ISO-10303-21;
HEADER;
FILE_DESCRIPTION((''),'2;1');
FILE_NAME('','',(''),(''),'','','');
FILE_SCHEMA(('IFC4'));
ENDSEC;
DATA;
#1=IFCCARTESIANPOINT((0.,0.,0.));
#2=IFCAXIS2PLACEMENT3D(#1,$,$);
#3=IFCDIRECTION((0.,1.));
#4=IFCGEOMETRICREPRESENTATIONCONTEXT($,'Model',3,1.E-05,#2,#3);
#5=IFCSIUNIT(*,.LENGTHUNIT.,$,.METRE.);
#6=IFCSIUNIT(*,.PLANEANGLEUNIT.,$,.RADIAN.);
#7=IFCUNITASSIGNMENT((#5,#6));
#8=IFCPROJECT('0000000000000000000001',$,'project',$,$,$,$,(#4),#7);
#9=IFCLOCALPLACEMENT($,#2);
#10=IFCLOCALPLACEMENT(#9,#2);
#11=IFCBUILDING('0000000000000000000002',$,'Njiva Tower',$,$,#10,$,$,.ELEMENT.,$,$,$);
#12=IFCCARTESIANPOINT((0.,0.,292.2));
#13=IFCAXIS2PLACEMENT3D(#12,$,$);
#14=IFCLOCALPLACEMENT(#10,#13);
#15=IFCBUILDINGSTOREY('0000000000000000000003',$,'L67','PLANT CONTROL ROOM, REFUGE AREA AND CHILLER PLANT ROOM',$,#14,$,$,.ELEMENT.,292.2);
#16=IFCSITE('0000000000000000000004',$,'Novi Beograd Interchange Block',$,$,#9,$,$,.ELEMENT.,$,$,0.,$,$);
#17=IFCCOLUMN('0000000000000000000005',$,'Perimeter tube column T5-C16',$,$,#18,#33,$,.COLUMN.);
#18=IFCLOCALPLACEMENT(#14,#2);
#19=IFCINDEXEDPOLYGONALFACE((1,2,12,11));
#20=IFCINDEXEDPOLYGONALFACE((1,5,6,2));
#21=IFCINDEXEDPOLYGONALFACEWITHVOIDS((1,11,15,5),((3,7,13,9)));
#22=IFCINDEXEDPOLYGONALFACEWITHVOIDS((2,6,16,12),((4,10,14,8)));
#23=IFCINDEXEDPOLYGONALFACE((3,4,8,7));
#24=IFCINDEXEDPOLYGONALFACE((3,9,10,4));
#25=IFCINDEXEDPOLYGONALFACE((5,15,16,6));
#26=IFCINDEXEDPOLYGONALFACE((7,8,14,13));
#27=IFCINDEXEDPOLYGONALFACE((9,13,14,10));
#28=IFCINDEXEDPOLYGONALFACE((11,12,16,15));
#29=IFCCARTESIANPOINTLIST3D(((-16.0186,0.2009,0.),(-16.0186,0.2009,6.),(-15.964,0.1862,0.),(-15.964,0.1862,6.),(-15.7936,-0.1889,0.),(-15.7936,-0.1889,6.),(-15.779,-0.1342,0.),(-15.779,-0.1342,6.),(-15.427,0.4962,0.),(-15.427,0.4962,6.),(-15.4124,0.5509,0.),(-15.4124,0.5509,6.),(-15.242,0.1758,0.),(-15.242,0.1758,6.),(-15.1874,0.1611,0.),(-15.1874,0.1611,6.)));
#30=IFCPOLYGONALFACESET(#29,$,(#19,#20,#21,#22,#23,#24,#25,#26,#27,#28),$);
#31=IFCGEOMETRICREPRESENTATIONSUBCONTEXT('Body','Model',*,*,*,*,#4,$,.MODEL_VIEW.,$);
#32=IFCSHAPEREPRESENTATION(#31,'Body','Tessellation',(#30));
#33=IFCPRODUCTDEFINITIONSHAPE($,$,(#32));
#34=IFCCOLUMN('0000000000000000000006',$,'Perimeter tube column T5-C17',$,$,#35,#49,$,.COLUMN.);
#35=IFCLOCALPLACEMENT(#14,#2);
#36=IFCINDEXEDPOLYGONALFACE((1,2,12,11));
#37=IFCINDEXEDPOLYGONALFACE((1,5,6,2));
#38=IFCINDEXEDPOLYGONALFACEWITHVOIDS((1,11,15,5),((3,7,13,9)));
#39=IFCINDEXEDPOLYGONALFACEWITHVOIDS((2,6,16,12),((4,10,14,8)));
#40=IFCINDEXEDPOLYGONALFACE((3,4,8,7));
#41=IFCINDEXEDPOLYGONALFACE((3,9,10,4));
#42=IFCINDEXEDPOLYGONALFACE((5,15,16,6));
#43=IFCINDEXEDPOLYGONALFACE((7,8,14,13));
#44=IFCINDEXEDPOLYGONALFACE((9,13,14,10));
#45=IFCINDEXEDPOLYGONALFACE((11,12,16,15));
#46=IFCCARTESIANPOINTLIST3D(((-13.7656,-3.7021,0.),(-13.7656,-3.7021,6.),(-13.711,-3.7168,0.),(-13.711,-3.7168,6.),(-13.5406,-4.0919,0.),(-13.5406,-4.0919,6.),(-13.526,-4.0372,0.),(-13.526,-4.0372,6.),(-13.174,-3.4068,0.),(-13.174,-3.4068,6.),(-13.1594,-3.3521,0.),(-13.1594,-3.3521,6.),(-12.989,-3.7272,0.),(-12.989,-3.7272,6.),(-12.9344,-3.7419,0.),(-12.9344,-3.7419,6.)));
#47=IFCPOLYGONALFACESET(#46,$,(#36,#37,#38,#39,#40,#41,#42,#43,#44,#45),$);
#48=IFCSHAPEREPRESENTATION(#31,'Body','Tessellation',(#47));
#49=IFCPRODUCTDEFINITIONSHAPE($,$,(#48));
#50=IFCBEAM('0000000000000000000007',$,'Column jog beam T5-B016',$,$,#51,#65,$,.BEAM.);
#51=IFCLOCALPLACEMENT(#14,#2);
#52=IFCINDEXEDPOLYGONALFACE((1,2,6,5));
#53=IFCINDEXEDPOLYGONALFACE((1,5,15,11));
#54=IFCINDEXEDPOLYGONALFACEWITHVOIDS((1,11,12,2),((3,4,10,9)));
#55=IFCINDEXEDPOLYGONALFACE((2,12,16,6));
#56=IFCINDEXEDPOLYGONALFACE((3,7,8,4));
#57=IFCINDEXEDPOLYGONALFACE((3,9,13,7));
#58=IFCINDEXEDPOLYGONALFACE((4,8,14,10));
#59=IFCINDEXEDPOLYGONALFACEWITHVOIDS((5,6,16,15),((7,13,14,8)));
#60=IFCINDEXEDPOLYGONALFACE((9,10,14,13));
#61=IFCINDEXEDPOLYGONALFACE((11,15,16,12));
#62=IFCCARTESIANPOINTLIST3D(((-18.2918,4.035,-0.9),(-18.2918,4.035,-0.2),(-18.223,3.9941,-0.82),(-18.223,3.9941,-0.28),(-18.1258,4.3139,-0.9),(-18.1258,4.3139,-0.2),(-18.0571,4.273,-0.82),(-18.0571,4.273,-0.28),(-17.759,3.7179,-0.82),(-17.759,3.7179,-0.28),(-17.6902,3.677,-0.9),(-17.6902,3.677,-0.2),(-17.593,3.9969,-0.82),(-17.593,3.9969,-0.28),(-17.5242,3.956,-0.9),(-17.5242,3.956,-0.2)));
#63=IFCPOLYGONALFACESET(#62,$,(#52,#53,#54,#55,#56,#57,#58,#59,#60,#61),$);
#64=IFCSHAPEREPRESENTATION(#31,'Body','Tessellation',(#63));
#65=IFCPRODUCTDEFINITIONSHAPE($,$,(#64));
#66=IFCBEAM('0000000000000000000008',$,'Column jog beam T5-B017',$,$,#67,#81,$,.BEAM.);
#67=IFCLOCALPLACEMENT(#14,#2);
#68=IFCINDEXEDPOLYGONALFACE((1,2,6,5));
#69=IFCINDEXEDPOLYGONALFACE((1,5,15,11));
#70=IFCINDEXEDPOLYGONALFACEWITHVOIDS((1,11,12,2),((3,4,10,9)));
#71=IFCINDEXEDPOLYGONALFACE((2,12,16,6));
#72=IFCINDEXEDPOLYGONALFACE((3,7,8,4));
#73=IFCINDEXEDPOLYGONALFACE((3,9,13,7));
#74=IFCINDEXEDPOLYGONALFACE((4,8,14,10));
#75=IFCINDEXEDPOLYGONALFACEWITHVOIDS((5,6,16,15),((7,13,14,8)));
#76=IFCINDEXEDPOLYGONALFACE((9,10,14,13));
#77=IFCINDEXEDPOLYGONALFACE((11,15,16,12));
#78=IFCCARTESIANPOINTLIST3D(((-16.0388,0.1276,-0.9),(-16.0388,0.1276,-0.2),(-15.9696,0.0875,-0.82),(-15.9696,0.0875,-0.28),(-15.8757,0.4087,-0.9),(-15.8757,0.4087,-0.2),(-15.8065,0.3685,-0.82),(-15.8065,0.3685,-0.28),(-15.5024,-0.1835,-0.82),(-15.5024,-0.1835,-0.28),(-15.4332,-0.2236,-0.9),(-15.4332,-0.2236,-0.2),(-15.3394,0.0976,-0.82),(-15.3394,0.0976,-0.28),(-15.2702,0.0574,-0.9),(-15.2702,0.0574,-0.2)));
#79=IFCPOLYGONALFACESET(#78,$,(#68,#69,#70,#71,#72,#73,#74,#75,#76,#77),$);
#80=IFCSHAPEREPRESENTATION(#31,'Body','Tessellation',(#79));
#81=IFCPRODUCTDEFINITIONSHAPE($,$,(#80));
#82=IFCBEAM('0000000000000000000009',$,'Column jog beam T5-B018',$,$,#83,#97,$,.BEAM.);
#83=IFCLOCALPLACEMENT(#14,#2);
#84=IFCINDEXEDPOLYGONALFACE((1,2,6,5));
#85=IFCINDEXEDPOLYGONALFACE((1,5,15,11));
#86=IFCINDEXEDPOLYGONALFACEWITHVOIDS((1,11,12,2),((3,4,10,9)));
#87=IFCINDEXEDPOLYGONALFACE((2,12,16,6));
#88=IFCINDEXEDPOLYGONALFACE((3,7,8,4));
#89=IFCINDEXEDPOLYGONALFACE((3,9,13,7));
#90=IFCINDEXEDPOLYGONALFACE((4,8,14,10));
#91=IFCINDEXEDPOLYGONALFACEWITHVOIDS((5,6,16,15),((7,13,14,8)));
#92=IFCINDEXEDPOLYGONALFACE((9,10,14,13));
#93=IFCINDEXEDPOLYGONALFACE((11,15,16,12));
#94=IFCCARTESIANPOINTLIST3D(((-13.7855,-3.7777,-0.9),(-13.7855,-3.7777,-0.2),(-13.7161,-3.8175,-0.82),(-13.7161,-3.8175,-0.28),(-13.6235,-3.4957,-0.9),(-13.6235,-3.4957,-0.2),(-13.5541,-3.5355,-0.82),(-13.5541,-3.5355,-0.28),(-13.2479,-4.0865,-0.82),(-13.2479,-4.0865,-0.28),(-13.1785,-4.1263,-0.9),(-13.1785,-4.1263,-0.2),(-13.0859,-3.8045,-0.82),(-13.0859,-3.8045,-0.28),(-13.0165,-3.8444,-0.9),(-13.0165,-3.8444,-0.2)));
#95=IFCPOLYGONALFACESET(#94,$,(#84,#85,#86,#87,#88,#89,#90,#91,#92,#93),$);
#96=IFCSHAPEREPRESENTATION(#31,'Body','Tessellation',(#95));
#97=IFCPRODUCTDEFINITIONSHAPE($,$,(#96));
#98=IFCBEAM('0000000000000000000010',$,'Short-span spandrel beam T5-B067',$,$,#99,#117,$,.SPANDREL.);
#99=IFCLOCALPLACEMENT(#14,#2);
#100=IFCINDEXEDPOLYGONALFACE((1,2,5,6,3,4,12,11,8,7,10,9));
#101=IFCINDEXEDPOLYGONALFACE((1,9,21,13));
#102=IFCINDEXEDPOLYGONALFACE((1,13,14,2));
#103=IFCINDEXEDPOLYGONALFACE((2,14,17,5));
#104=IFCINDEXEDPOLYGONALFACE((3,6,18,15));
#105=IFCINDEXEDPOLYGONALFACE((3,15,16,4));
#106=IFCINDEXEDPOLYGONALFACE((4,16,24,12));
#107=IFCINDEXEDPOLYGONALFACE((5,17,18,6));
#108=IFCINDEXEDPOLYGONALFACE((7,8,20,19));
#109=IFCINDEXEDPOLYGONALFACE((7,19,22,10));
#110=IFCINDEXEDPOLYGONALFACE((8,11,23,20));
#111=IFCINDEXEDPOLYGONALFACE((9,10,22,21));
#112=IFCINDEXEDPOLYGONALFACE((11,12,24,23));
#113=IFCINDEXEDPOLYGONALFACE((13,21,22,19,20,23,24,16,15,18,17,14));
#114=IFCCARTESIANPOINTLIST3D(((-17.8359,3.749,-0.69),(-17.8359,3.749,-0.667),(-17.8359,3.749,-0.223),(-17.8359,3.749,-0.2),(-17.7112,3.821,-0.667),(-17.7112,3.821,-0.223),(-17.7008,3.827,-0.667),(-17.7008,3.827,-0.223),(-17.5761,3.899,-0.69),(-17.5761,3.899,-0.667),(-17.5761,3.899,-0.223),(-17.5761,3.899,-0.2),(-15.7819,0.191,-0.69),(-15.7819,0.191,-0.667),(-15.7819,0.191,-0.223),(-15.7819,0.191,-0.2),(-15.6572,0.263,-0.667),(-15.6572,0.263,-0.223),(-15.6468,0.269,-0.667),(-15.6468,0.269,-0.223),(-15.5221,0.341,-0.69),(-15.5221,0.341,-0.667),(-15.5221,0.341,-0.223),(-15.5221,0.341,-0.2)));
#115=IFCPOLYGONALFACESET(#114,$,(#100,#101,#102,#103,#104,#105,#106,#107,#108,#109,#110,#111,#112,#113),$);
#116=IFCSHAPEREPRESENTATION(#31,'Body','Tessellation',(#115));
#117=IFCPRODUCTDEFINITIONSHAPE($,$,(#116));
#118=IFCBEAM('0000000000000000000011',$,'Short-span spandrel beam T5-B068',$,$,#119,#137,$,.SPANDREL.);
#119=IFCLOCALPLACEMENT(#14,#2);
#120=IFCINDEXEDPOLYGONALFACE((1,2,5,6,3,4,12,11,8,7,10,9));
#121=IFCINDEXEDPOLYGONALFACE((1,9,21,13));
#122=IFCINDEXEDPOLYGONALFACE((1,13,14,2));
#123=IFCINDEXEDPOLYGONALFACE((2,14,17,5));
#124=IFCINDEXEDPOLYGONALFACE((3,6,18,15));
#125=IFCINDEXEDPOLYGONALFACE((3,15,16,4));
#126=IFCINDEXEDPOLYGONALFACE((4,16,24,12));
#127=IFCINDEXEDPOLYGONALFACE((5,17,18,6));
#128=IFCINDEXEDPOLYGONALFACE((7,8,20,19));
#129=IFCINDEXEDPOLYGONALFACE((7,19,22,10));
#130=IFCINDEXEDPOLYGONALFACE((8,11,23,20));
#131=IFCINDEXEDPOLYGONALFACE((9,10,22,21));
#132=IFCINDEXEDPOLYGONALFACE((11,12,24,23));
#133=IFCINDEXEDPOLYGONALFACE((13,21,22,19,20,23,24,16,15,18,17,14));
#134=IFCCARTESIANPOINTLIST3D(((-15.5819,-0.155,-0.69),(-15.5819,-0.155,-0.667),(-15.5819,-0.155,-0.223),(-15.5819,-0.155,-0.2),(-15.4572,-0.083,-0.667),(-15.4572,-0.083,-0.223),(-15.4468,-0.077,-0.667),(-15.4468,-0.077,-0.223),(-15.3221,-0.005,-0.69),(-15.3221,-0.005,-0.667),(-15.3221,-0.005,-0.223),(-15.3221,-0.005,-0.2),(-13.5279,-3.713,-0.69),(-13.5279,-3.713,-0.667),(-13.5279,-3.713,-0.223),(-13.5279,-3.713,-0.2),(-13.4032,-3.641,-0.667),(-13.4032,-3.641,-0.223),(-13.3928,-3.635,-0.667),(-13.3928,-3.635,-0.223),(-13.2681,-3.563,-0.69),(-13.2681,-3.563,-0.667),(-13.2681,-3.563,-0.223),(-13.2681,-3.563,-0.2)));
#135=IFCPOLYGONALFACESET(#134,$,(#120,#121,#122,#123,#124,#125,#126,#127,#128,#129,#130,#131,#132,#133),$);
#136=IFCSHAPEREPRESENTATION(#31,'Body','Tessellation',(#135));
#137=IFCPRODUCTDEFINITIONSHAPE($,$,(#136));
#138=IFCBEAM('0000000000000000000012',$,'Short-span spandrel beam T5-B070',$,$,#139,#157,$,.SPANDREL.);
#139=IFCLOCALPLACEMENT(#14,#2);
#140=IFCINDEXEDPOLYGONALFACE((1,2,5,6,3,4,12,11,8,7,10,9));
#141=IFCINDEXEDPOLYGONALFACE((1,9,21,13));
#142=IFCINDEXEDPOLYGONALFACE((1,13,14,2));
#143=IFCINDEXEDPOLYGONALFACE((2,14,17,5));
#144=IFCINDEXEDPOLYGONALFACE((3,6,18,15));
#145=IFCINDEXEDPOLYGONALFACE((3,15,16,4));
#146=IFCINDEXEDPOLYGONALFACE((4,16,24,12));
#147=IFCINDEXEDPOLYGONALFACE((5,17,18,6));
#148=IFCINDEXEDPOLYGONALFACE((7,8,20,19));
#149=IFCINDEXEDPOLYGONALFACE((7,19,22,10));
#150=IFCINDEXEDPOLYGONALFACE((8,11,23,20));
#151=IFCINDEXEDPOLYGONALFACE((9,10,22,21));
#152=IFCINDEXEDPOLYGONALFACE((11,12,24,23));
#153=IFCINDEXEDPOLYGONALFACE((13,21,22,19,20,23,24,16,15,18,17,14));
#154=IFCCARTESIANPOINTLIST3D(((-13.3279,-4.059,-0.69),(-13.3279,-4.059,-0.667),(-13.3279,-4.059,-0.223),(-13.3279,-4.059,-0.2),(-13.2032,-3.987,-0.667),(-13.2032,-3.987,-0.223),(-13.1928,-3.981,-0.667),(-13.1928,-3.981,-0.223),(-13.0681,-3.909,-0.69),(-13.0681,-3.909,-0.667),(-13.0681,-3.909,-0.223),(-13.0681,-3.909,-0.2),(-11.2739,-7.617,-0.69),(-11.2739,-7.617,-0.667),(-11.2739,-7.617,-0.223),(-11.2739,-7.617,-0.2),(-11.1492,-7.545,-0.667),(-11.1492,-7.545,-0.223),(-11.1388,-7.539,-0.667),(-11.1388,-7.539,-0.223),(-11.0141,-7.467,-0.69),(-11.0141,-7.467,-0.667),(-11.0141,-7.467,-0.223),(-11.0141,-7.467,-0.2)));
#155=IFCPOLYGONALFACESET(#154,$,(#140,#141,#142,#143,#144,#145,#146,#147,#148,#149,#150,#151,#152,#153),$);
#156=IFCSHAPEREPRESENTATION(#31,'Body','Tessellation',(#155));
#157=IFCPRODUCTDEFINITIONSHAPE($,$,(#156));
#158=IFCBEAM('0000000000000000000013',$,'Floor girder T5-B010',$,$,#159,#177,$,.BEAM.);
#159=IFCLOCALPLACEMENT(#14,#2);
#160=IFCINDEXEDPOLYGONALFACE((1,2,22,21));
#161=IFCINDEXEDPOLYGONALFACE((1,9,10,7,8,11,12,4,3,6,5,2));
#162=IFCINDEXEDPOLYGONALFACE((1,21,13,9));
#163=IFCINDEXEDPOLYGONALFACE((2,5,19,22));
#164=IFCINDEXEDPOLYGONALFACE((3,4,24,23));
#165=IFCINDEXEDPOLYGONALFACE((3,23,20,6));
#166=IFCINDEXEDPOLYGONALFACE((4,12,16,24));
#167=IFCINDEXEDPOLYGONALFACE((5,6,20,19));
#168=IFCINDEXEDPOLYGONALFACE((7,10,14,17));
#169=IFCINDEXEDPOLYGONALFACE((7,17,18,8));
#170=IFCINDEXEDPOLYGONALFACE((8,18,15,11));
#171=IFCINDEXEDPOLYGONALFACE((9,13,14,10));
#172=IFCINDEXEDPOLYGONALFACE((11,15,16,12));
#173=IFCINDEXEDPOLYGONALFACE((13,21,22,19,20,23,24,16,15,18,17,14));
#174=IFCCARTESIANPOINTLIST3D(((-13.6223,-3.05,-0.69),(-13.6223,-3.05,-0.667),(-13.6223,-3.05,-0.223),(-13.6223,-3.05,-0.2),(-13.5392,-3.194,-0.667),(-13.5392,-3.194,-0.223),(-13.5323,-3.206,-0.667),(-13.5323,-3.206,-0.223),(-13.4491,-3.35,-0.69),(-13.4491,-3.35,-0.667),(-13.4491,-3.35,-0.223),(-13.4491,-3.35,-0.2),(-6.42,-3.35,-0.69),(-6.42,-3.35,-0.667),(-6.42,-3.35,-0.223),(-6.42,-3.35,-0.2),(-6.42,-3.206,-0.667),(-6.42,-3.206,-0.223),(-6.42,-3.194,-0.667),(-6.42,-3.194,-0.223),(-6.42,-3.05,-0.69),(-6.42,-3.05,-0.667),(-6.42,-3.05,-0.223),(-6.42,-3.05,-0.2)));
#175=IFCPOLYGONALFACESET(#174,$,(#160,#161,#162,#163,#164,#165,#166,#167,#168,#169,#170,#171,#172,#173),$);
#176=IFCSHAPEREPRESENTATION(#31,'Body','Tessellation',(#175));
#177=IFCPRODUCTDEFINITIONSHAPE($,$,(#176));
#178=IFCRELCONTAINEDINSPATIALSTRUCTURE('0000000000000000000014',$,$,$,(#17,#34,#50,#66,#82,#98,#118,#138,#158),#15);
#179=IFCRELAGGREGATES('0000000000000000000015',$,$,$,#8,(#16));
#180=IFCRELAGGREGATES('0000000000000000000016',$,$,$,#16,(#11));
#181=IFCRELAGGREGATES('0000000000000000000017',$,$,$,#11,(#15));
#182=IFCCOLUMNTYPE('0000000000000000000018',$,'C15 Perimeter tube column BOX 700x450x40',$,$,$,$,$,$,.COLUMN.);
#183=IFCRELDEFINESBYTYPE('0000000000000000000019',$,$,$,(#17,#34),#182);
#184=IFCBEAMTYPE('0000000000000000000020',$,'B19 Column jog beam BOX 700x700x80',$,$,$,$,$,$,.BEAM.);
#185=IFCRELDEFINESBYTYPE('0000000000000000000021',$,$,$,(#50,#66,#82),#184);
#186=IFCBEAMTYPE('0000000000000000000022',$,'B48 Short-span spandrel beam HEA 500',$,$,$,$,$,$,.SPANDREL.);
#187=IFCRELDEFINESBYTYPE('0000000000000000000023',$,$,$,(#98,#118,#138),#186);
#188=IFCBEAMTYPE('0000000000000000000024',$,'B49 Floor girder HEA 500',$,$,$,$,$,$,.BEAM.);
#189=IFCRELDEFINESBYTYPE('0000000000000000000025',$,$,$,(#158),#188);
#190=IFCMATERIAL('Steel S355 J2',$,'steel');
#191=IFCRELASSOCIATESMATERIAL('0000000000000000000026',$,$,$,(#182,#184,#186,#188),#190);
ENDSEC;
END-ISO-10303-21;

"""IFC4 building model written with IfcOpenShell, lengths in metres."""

from ifc_helpers import new_model, si_unit, direction, frame, origin, origin_2d, place, context, subcontext, project, spatial, hollow_rectangle, i_section, extrude, clip, halfspace, material, material_profile, profile_set, type_object, element, save


model = new_model("IFC4")

# Units and contexts
model_context = context("Model", 3, precision=1e-05, world=origin(), true_north=direction((0.0, 1.0)))
body_context = subcontext(model_context, "Body", "Model", "MODEL_VIEW")
ifc_project = project(units=[si_unit("LENGTHUNIT", "METRE"), si_unit("PLANEANGLEUNIT", "RADIAN")], contexts=[model_context])

# Site, building, storey
site_placement = place(None, origin())
site = spatial("IfcSite", under=ifc_project, at=site_placement, Name="Novi Beograd Interchange Block", CompositionType="ELEMENT", RefElevation=0.0)
building_placement = place(site_placement, origin())
building = spatial("IfcBuilding", under=site, at=building_placement, Name="Njiva Tower", CompositionType="ELEMENT")
storey_placement = place(building_placement, frame((0.0, 0.0, 292.2)))
storey = spatial("IfcBuildingStorey", under=building, at=storey_placement, Name="L67", Description="PLANT CONTROL ROOM, REFUGE AREA AND CHILLER PLANT ROOM", CompositionType="ELEMENT", Elevation=292.2)

# Columns
ifc_material_1 = material(Name="Steel S355 J2", Category="steel")
ifc_material_profile_1 = material_profile(ifc_material_1, hollow_rectangle(XDim=0.45, YDim=0.7, WallThickness=0.04, at=origin_2d()), Name="BOX 700x450x40")
ifc_profile_set_1 = profile_set([ifc_material_profile_1], Name="Steel S355 J2")
column_type = type_object("IfcColumnType", Name="C15 Perimeter tube column BOX 700x450x40", PredefinedType="COLUMN", material=ifc_profile_set_1)
for number, where, z_axis, x_axis, name in (
    (1, (-15.603, 0.181, 0.0), (0.0, 0.0, 1.0), (0.5, -0.866025, 0.0), "Perimeter tube column T5-C16"),
    (2, (-13.35, -3.722, 0.0), (0.0, 0.0, 1.0), (0.5, -0.866025, 0.0), "Perimeter tube column T5-C17"),
):
    element("IfcColumn", number, at=place(storey_placement, frame(where, z_axis=z_axis, x_axis=x_axis)), inside=storey, type_object=column_type, Name=name, PredefinedType="COLUMN", context=body_context, shape_type="SweptSolid", body=[
        extrude(hollow_rectangle(XDim=0.45, YDim=0.7, WallThickness=0.04, at=origin_2d()), origin(), (0.0, 0.0, 1.0), 6.0),
    ])

# Beams
ifc_material_profile_2 = material_profile(ifc_material_1, hollow_rectangle(XDim=0.7, YDim=0.7, WallThickness=0.08, at=origin_2d()), Name="BOX 700x700x80")
ifc_profile_set_2 = profile_set([ifc_material_profile_2], Name="Steel S355 J2")
beam_type_1 = type_object("IfcBeamType", Name="B19 Column jog beam BOX 700x700x80", PredefinedType="BEAM", material=ifc_profile_set_2)
beam_1_placement = place(storey_placement, frame((-17.991, 3.856, -0.55), z_axis=(0.511321, 0.85939, 0.0), x_axis=(-0.85939, 0.511321, 0.0)))
element("IfcBeam", 3, at=beam_1_placement, inside=storey, type_object=beam_type_1, Name="Column jog beam T5-B016", PredefinedType="BEAM", context=body_context, shape_type="SweptSolid", body=[
    extrude(hollow_rectangle(XDim=0.7, YDim=0.7, WallThickness=0.08, at=origin_2d()), origin(), (0.0, 0.0, 1.0), 0.3246),
])
beam_2_placement = place(storey_placement, frame((-15.736, -0.048, -0.55), z_axis=(0.501764, 0.865004, 0.0), x_axis=(-0.865004, 0.501764, 0.0)))
element("IfcBeam", 4, at=beam_2_placement, inside=storey, type_object=beam_type_1, Name="Column jog beam T5-B017", PredefinedType="BEAM", context=body_context, shape_type="SweptSolid", body=[
    extrude(hollow_rectangle(XDim=0.7, YDim=0.7, WallThickness=0.08, at=origin_2d()), origin(), (0.0, 0.0, 1.0), 0.3249),
])
beam_3_placement = place(storey_placement, frame((-13.482, -3.952, -0.55), z_axis=(0.498124, 0.867106, 0.0), x_axis=(-0.867106, 0.498124, 0.0)))
element("IfcBeam", 5, at=beam_3_placement, inside=storey, type_object=beam_type_1, Name="Column jog beam T5-B018", PredefinedType="BEAM", context=body_context, shape_type="SweptSolid", body=[
    extrude(hollow_rectangle(XDim=0.7, YDim=0.7, WallThickness=0.08, at=origin_2d()), origin(), (0.0, 0.0, 1.0), 0.3252),
])
ifc_material_profile_3 = material_profile(ifc_material_1, i_section(OverallWidth=0.3, OverallDepth=0.49, WebThickness=0.012, FlangeThickness=0.023, at=origin_2d()), Name="HEA 500")
ifc_profile_set_3 = profile_set([ifc_material_profile_3], Name="Steel S355 J2")
beam_type_2 = type_object("IfcBeamType", Name="B48 Short-span spandrel beam HEA 500", PredefinedType="SPANDREL", material=ifc_profile_set_3)
for number, where, z_axis, x_axis, name in (
    (6, (-17.706, 3.824, -0.445), (0.499961, -0.866048, 0.0), (0.866048, 0.499961, 0.0), "Short-span spandrel beam T5-B067"),
    (7, (-15.452, -0.08, -0.445), (0.499961, -0.866048, 0.0), (0.866048, 0.499961, 0.0), "Short-span spandrel beam T5-B068"),
    (8, (-13.198, -3.984, -0.445), (0.499961, -0.866048, 0.0), (0.866048, 0.499961, 0.0), "Short-span spandrel beam T5-B070"),
):
    element("IfcBeam", number, at=place(storey_placement, frame(where, z_axis=z_axis, x_axis=x_axis)), inside=storey, type_object=beam_type_2, Name=name, PredefinedType="SPANDREL", context=body_context, shape_type="SweptSolid", body=[
        extrude(i_section(OverallWidth=0.3, OverallDepth=0.49, WebThickness=0.012, FlangeThickness=0.023, at=origin_2d()), origin(), (0.0, 0.0, 1.0), 4.1083),
    ])
ifc_material_profile_4 = material_profile(ifc_material_1, i_section(OverallWidth=0.3, OverallDepth=0.49, WebThickness=0.012, FlangeThickness=0.023, at=origin_2d()), Name="HEA 500")
ifc_profile_set_4 = profile_set([ifc_material_profile_4], Name="Steel S355 J2")
beam_type_3 = type_object("IfcBeamType", Name="B49 Floor girder HEA 500", PredefinedType="BEAM", material=ifc_profile_set_4)
beam_4_placement = place(storey_placement, frame((-13.643, -3.2, -0.445), z_axis=(1.0, 0.0, 0.0), x_axis=(0.0, 1.0, 0.0)))
element("IfcBeam", 9, at=beam_4_placement, inside=storey, type_object=beam_type_3, Name="Floor girder T5-B010", PredefinedType="BEAM", context=body_context, shape_type="Clipping", body=[
    clip(extrude(i_section(OverallWidth=0.3, OverallDepth=0.49, WebThickness=0.012, FlangeThickness=0.023, at=origin_2d()), origin(), (0.0, 0.0, 1.0), 7.223), halfspace(frame((-0.025, 0.0, 0.1217), z_axis=(-0.499998, 0.0, -0.866027), x_axis=(0.0, -1.0, 0.0)), False)),
])

save(model, "model.ifc")
